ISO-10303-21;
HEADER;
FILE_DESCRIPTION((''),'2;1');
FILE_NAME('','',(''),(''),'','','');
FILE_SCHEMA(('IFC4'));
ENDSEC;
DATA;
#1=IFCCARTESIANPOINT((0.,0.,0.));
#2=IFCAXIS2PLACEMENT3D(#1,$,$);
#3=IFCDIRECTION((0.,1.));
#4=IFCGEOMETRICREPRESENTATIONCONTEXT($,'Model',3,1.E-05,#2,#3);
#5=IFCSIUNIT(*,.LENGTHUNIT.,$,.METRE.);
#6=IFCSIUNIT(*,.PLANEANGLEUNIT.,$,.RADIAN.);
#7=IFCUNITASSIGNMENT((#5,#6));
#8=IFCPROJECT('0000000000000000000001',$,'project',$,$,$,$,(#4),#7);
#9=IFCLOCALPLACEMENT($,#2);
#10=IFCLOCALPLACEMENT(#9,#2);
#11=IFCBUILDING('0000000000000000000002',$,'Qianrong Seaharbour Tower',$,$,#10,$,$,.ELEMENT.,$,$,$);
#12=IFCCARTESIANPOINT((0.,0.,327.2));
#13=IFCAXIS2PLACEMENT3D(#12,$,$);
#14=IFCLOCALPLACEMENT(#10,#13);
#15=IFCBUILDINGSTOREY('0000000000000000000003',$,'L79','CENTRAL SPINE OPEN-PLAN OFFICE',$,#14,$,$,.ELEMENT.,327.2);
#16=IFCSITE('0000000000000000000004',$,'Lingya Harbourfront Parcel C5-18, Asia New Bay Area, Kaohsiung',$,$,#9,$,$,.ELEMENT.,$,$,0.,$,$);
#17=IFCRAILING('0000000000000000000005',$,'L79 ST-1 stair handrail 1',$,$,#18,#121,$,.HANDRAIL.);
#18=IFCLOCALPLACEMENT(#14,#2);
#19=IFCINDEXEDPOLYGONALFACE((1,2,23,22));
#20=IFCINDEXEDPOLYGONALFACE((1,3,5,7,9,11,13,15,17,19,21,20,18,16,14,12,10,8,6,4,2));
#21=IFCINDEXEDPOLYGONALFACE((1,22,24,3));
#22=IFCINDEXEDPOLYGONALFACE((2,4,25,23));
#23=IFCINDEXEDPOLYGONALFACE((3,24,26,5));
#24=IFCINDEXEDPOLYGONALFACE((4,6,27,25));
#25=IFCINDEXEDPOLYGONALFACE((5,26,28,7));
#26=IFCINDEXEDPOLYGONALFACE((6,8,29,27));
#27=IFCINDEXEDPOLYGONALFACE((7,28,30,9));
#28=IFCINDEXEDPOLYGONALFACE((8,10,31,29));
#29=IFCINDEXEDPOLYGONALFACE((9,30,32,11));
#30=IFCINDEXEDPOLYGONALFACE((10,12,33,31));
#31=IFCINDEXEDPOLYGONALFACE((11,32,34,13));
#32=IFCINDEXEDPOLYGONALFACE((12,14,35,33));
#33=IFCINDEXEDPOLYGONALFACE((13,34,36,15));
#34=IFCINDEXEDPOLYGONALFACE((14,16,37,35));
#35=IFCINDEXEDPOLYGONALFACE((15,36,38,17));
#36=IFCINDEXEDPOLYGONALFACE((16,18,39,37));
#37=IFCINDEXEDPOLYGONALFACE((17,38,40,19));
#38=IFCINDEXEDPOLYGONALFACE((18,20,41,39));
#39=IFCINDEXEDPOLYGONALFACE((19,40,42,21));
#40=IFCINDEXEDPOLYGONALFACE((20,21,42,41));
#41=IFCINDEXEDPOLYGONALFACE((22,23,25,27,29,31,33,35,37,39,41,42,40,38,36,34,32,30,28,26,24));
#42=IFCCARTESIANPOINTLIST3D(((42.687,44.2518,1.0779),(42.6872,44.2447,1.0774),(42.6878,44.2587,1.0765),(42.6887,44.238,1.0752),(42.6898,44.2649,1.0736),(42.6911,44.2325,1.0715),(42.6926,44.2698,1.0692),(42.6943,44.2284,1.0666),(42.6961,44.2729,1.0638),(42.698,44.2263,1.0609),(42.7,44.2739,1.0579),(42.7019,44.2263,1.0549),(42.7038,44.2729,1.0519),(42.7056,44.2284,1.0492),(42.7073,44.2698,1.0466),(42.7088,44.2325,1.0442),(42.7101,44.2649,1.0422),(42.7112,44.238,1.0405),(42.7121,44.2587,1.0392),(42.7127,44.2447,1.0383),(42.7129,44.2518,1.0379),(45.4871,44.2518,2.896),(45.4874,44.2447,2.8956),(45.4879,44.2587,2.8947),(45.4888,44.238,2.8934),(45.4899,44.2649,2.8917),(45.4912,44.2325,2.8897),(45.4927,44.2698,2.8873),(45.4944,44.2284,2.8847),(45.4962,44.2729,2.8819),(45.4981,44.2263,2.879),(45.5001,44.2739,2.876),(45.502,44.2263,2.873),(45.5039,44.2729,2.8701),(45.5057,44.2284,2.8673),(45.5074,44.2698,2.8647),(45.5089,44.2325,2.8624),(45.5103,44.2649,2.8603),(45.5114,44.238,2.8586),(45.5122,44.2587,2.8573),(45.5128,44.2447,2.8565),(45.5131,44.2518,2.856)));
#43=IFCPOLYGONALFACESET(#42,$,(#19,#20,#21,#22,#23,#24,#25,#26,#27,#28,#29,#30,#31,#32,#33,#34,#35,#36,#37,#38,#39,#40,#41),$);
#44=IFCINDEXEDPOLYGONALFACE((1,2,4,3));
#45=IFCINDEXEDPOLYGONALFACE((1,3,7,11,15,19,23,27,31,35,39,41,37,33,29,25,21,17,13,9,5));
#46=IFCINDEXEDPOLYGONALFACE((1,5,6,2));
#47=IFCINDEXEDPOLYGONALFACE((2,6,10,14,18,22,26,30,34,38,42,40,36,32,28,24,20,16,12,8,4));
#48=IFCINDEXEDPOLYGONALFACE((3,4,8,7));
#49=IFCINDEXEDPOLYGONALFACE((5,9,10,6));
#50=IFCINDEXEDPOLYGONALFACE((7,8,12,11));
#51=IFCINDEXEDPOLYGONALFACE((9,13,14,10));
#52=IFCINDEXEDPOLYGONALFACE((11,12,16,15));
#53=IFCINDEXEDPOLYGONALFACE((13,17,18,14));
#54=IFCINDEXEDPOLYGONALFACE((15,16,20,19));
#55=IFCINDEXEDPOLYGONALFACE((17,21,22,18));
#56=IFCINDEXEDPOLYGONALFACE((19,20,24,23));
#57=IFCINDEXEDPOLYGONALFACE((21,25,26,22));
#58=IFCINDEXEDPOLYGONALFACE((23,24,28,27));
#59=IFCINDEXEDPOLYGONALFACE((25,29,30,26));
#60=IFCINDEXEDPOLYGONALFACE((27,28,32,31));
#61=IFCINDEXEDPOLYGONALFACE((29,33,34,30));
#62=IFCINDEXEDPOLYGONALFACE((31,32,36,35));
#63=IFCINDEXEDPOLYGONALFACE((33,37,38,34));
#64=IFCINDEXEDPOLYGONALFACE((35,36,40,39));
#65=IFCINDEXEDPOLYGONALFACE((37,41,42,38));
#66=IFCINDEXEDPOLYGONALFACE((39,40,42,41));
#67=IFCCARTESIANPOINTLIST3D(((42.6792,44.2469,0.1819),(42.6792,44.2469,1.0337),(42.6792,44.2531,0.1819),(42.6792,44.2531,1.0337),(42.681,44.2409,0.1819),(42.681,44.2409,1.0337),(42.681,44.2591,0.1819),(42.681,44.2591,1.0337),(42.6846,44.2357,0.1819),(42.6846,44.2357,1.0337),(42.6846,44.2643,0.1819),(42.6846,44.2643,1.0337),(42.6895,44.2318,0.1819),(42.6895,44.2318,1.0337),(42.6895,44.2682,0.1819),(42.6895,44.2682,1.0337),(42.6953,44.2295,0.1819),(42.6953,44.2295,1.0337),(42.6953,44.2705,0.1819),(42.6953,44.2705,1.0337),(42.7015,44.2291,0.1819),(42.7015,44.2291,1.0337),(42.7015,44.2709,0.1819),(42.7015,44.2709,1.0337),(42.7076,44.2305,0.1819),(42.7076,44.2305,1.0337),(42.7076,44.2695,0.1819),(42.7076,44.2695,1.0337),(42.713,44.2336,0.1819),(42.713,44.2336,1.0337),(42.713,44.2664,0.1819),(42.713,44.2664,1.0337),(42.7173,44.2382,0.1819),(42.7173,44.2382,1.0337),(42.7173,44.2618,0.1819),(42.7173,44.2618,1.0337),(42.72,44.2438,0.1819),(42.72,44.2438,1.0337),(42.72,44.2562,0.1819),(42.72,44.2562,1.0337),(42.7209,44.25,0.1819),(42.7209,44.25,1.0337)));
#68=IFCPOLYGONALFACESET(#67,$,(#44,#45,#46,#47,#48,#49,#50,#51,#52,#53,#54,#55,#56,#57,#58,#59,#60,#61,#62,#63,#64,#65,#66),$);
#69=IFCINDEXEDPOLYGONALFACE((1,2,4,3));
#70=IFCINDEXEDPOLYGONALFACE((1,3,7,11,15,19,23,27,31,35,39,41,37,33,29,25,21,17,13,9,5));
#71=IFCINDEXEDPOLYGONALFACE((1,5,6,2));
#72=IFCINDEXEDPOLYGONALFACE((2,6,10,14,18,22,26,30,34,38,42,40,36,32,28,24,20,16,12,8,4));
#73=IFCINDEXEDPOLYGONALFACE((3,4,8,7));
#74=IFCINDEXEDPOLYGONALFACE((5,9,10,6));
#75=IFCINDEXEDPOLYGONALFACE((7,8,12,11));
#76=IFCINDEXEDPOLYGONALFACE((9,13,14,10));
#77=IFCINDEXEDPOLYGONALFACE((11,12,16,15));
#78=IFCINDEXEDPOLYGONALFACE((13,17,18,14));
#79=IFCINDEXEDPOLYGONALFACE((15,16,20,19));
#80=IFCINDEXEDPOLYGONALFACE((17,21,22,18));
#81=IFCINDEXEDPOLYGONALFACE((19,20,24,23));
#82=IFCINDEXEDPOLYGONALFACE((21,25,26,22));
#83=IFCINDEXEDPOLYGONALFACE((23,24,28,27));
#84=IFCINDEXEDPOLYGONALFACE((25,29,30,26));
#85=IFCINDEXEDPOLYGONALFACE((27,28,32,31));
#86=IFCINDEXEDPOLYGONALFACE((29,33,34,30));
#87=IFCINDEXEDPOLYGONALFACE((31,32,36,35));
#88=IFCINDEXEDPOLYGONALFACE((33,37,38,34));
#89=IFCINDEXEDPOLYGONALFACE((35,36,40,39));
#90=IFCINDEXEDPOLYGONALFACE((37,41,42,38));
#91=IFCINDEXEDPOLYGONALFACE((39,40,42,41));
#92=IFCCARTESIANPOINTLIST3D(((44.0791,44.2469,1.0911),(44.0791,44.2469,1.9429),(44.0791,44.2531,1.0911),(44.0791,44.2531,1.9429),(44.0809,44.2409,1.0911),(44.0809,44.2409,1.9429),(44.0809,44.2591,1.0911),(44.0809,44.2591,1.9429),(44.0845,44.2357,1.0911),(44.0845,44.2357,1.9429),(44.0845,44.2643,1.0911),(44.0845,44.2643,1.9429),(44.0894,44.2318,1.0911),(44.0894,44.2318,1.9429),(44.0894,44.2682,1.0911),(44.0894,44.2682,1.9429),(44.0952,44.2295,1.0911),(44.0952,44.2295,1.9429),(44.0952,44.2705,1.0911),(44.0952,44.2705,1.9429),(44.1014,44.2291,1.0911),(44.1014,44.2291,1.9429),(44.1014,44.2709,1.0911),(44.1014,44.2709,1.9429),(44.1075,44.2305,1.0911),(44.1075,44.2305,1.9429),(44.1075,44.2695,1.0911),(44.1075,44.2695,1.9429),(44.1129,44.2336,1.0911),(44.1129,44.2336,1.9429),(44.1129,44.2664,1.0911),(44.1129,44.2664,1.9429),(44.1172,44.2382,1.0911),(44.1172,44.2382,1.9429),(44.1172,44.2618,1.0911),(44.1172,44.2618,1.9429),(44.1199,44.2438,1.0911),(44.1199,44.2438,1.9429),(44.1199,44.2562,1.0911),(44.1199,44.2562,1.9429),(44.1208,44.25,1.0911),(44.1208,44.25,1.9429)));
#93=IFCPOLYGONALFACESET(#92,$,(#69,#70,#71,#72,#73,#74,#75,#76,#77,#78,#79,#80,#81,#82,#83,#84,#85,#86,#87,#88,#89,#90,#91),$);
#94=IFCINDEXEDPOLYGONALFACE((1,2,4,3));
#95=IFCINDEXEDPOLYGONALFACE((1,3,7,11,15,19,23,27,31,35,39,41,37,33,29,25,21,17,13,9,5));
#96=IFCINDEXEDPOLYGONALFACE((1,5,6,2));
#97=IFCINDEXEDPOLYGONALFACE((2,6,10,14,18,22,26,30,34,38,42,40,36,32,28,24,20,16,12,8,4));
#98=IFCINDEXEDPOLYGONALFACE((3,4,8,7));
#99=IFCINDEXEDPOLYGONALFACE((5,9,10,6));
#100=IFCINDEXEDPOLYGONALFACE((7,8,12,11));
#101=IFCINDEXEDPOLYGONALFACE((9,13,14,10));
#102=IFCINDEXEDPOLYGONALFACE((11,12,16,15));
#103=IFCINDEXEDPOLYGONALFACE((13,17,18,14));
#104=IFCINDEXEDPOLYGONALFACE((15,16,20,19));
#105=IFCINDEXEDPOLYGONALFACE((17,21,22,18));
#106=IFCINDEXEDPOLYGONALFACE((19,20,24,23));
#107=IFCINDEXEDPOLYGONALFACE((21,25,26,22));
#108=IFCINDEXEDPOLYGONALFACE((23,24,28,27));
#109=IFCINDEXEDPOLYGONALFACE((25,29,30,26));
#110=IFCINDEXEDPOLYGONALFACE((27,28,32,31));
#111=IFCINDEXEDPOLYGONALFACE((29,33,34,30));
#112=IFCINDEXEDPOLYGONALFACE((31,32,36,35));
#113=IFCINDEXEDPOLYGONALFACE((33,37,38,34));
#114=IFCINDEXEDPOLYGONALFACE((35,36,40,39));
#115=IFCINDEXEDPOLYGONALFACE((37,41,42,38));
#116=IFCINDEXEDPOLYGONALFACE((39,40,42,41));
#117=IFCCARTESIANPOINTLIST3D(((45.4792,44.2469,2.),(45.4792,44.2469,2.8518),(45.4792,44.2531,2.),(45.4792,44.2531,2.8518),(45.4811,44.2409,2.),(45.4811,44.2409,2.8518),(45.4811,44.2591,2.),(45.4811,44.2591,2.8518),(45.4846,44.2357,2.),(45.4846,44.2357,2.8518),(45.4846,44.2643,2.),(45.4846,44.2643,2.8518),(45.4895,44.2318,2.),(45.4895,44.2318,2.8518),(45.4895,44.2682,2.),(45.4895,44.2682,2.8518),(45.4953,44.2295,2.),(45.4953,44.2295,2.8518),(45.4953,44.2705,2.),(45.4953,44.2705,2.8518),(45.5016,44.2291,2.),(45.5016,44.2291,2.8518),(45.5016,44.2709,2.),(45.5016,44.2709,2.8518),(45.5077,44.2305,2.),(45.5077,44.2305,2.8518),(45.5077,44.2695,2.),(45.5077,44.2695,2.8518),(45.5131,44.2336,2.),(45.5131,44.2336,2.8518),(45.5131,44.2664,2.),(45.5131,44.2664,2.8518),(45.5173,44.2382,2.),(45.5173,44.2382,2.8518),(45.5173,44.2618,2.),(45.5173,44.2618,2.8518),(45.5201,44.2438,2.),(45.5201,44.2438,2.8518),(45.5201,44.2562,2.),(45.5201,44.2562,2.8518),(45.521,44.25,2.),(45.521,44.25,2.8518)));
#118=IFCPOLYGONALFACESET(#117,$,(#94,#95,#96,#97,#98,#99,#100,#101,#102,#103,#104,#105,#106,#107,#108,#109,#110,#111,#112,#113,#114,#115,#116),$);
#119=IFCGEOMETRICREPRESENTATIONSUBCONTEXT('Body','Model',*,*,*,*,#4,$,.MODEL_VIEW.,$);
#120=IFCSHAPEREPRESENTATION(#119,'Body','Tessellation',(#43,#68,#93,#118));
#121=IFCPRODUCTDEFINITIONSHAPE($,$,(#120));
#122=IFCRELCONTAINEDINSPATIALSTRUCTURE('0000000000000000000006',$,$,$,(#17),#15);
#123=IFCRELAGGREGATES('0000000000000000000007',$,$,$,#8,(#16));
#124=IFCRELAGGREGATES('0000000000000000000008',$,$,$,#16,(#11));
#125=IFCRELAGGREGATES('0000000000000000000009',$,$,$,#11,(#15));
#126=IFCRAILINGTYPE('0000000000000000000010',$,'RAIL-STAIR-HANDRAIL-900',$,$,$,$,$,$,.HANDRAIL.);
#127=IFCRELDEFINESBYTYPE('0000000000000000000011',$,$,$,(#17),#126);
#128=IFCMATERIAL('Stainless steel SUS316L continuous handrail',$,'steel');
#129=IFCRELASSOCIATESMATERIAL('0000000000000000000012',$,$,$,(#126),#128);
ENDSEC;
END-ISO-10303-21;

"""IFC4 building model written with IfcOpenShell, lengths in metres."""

from ifc_helpers import new_model, si_unit, direction, frame, origin, origin_2d, place, context, subcontext, project, spatial, circle, extrude, material, type_object, element, save


model = new_model("IFC4")

# Units and contexts
model_context = context("Model", 3, precision=1e-05, world=origin(), true_north=direction((0.0, 1.0)))
body_context = subcontext(model_context, "Body", "Model", "MODEL_VIEW")
ifc_project = project(units=[si_unit("LENGTHUNIT", "METRE"), si_unit("PLANEANGLEUNIT", "RADIAN")], contexts=[model_context])

# Site, building, storey
site_placement = place(None, origin())
site = spatial("IfcSite", under=ifc_project, at=site_placement, Name="Lingya Harbourfront Parcel C5-18, Asia New Bay Area, Kaohsiung", CompositionType="ELEMENT", RefElevation=0.0)
building_placement = place(site_placement, origin())
building = spatial("IfcBuilding", under=site, at=building_placement, Name="Qianrong Seaharbour Tower", CompositionType="ELEMENT")
storey_placement = place(building_placement, frame((0.0, 0.0, 327.2)))
storey = spatial("IfcBuildingStorey", under=building, at=storey_placement, Name="L79", Description="CENTRAL SPINE OPEN-PLAN OFFICE", CompositionType="ELEMENT", Elevation=327.2)

# Railing
ifc_material_1 = material(Name="Stainless steel SUS316L continuous handrail", Category="steel")
railing_type_1 = type_object("IfcRailingType", Name="RAIL-STAIR-HANDRAIL-900", PredefinedType="HANDRAIL", material=ifc_material_1)
railing_1_placement = place(storey_placement, frame((42.7, 44.25, 0.1819)))
element("IfcRailing", 1, at=railing_1_placement, inside=storey, type_object=railing_type_1, Name="L79 ST-1 stair handrail 1", PredefinedType="HANDRAIL", context=body_context, shape_type="SweptSolid", body=[
    extrude(circle(Radius=0.0239, at=origin_2d()), frame((0.0, 0.0, 0.876), z_axis=(0.838706, 0.0, 0.544585), x_axis=(0.0, 1.0, 0.0)), (0.0, 0.0, 1.0), 3.3386),
    extrude(circle(Radius=0.021, at=origin_2d()), origin(), (0.0, 0.0, 1.0), 0.8518),
    extrude(circle(Radius=0.021, at=origin_2d()), frame((1.3999, 0.0, 0.9092)), (0.0, 0.0, 1.0), 0.8518),
    extrude(circle(Radius=0.021, at=origin_2d()), frame((2.8, 0.0, 1.8181)), (0.0, 0.0, 1.0), 0.8518),
])

save(model, "model.ifc")
